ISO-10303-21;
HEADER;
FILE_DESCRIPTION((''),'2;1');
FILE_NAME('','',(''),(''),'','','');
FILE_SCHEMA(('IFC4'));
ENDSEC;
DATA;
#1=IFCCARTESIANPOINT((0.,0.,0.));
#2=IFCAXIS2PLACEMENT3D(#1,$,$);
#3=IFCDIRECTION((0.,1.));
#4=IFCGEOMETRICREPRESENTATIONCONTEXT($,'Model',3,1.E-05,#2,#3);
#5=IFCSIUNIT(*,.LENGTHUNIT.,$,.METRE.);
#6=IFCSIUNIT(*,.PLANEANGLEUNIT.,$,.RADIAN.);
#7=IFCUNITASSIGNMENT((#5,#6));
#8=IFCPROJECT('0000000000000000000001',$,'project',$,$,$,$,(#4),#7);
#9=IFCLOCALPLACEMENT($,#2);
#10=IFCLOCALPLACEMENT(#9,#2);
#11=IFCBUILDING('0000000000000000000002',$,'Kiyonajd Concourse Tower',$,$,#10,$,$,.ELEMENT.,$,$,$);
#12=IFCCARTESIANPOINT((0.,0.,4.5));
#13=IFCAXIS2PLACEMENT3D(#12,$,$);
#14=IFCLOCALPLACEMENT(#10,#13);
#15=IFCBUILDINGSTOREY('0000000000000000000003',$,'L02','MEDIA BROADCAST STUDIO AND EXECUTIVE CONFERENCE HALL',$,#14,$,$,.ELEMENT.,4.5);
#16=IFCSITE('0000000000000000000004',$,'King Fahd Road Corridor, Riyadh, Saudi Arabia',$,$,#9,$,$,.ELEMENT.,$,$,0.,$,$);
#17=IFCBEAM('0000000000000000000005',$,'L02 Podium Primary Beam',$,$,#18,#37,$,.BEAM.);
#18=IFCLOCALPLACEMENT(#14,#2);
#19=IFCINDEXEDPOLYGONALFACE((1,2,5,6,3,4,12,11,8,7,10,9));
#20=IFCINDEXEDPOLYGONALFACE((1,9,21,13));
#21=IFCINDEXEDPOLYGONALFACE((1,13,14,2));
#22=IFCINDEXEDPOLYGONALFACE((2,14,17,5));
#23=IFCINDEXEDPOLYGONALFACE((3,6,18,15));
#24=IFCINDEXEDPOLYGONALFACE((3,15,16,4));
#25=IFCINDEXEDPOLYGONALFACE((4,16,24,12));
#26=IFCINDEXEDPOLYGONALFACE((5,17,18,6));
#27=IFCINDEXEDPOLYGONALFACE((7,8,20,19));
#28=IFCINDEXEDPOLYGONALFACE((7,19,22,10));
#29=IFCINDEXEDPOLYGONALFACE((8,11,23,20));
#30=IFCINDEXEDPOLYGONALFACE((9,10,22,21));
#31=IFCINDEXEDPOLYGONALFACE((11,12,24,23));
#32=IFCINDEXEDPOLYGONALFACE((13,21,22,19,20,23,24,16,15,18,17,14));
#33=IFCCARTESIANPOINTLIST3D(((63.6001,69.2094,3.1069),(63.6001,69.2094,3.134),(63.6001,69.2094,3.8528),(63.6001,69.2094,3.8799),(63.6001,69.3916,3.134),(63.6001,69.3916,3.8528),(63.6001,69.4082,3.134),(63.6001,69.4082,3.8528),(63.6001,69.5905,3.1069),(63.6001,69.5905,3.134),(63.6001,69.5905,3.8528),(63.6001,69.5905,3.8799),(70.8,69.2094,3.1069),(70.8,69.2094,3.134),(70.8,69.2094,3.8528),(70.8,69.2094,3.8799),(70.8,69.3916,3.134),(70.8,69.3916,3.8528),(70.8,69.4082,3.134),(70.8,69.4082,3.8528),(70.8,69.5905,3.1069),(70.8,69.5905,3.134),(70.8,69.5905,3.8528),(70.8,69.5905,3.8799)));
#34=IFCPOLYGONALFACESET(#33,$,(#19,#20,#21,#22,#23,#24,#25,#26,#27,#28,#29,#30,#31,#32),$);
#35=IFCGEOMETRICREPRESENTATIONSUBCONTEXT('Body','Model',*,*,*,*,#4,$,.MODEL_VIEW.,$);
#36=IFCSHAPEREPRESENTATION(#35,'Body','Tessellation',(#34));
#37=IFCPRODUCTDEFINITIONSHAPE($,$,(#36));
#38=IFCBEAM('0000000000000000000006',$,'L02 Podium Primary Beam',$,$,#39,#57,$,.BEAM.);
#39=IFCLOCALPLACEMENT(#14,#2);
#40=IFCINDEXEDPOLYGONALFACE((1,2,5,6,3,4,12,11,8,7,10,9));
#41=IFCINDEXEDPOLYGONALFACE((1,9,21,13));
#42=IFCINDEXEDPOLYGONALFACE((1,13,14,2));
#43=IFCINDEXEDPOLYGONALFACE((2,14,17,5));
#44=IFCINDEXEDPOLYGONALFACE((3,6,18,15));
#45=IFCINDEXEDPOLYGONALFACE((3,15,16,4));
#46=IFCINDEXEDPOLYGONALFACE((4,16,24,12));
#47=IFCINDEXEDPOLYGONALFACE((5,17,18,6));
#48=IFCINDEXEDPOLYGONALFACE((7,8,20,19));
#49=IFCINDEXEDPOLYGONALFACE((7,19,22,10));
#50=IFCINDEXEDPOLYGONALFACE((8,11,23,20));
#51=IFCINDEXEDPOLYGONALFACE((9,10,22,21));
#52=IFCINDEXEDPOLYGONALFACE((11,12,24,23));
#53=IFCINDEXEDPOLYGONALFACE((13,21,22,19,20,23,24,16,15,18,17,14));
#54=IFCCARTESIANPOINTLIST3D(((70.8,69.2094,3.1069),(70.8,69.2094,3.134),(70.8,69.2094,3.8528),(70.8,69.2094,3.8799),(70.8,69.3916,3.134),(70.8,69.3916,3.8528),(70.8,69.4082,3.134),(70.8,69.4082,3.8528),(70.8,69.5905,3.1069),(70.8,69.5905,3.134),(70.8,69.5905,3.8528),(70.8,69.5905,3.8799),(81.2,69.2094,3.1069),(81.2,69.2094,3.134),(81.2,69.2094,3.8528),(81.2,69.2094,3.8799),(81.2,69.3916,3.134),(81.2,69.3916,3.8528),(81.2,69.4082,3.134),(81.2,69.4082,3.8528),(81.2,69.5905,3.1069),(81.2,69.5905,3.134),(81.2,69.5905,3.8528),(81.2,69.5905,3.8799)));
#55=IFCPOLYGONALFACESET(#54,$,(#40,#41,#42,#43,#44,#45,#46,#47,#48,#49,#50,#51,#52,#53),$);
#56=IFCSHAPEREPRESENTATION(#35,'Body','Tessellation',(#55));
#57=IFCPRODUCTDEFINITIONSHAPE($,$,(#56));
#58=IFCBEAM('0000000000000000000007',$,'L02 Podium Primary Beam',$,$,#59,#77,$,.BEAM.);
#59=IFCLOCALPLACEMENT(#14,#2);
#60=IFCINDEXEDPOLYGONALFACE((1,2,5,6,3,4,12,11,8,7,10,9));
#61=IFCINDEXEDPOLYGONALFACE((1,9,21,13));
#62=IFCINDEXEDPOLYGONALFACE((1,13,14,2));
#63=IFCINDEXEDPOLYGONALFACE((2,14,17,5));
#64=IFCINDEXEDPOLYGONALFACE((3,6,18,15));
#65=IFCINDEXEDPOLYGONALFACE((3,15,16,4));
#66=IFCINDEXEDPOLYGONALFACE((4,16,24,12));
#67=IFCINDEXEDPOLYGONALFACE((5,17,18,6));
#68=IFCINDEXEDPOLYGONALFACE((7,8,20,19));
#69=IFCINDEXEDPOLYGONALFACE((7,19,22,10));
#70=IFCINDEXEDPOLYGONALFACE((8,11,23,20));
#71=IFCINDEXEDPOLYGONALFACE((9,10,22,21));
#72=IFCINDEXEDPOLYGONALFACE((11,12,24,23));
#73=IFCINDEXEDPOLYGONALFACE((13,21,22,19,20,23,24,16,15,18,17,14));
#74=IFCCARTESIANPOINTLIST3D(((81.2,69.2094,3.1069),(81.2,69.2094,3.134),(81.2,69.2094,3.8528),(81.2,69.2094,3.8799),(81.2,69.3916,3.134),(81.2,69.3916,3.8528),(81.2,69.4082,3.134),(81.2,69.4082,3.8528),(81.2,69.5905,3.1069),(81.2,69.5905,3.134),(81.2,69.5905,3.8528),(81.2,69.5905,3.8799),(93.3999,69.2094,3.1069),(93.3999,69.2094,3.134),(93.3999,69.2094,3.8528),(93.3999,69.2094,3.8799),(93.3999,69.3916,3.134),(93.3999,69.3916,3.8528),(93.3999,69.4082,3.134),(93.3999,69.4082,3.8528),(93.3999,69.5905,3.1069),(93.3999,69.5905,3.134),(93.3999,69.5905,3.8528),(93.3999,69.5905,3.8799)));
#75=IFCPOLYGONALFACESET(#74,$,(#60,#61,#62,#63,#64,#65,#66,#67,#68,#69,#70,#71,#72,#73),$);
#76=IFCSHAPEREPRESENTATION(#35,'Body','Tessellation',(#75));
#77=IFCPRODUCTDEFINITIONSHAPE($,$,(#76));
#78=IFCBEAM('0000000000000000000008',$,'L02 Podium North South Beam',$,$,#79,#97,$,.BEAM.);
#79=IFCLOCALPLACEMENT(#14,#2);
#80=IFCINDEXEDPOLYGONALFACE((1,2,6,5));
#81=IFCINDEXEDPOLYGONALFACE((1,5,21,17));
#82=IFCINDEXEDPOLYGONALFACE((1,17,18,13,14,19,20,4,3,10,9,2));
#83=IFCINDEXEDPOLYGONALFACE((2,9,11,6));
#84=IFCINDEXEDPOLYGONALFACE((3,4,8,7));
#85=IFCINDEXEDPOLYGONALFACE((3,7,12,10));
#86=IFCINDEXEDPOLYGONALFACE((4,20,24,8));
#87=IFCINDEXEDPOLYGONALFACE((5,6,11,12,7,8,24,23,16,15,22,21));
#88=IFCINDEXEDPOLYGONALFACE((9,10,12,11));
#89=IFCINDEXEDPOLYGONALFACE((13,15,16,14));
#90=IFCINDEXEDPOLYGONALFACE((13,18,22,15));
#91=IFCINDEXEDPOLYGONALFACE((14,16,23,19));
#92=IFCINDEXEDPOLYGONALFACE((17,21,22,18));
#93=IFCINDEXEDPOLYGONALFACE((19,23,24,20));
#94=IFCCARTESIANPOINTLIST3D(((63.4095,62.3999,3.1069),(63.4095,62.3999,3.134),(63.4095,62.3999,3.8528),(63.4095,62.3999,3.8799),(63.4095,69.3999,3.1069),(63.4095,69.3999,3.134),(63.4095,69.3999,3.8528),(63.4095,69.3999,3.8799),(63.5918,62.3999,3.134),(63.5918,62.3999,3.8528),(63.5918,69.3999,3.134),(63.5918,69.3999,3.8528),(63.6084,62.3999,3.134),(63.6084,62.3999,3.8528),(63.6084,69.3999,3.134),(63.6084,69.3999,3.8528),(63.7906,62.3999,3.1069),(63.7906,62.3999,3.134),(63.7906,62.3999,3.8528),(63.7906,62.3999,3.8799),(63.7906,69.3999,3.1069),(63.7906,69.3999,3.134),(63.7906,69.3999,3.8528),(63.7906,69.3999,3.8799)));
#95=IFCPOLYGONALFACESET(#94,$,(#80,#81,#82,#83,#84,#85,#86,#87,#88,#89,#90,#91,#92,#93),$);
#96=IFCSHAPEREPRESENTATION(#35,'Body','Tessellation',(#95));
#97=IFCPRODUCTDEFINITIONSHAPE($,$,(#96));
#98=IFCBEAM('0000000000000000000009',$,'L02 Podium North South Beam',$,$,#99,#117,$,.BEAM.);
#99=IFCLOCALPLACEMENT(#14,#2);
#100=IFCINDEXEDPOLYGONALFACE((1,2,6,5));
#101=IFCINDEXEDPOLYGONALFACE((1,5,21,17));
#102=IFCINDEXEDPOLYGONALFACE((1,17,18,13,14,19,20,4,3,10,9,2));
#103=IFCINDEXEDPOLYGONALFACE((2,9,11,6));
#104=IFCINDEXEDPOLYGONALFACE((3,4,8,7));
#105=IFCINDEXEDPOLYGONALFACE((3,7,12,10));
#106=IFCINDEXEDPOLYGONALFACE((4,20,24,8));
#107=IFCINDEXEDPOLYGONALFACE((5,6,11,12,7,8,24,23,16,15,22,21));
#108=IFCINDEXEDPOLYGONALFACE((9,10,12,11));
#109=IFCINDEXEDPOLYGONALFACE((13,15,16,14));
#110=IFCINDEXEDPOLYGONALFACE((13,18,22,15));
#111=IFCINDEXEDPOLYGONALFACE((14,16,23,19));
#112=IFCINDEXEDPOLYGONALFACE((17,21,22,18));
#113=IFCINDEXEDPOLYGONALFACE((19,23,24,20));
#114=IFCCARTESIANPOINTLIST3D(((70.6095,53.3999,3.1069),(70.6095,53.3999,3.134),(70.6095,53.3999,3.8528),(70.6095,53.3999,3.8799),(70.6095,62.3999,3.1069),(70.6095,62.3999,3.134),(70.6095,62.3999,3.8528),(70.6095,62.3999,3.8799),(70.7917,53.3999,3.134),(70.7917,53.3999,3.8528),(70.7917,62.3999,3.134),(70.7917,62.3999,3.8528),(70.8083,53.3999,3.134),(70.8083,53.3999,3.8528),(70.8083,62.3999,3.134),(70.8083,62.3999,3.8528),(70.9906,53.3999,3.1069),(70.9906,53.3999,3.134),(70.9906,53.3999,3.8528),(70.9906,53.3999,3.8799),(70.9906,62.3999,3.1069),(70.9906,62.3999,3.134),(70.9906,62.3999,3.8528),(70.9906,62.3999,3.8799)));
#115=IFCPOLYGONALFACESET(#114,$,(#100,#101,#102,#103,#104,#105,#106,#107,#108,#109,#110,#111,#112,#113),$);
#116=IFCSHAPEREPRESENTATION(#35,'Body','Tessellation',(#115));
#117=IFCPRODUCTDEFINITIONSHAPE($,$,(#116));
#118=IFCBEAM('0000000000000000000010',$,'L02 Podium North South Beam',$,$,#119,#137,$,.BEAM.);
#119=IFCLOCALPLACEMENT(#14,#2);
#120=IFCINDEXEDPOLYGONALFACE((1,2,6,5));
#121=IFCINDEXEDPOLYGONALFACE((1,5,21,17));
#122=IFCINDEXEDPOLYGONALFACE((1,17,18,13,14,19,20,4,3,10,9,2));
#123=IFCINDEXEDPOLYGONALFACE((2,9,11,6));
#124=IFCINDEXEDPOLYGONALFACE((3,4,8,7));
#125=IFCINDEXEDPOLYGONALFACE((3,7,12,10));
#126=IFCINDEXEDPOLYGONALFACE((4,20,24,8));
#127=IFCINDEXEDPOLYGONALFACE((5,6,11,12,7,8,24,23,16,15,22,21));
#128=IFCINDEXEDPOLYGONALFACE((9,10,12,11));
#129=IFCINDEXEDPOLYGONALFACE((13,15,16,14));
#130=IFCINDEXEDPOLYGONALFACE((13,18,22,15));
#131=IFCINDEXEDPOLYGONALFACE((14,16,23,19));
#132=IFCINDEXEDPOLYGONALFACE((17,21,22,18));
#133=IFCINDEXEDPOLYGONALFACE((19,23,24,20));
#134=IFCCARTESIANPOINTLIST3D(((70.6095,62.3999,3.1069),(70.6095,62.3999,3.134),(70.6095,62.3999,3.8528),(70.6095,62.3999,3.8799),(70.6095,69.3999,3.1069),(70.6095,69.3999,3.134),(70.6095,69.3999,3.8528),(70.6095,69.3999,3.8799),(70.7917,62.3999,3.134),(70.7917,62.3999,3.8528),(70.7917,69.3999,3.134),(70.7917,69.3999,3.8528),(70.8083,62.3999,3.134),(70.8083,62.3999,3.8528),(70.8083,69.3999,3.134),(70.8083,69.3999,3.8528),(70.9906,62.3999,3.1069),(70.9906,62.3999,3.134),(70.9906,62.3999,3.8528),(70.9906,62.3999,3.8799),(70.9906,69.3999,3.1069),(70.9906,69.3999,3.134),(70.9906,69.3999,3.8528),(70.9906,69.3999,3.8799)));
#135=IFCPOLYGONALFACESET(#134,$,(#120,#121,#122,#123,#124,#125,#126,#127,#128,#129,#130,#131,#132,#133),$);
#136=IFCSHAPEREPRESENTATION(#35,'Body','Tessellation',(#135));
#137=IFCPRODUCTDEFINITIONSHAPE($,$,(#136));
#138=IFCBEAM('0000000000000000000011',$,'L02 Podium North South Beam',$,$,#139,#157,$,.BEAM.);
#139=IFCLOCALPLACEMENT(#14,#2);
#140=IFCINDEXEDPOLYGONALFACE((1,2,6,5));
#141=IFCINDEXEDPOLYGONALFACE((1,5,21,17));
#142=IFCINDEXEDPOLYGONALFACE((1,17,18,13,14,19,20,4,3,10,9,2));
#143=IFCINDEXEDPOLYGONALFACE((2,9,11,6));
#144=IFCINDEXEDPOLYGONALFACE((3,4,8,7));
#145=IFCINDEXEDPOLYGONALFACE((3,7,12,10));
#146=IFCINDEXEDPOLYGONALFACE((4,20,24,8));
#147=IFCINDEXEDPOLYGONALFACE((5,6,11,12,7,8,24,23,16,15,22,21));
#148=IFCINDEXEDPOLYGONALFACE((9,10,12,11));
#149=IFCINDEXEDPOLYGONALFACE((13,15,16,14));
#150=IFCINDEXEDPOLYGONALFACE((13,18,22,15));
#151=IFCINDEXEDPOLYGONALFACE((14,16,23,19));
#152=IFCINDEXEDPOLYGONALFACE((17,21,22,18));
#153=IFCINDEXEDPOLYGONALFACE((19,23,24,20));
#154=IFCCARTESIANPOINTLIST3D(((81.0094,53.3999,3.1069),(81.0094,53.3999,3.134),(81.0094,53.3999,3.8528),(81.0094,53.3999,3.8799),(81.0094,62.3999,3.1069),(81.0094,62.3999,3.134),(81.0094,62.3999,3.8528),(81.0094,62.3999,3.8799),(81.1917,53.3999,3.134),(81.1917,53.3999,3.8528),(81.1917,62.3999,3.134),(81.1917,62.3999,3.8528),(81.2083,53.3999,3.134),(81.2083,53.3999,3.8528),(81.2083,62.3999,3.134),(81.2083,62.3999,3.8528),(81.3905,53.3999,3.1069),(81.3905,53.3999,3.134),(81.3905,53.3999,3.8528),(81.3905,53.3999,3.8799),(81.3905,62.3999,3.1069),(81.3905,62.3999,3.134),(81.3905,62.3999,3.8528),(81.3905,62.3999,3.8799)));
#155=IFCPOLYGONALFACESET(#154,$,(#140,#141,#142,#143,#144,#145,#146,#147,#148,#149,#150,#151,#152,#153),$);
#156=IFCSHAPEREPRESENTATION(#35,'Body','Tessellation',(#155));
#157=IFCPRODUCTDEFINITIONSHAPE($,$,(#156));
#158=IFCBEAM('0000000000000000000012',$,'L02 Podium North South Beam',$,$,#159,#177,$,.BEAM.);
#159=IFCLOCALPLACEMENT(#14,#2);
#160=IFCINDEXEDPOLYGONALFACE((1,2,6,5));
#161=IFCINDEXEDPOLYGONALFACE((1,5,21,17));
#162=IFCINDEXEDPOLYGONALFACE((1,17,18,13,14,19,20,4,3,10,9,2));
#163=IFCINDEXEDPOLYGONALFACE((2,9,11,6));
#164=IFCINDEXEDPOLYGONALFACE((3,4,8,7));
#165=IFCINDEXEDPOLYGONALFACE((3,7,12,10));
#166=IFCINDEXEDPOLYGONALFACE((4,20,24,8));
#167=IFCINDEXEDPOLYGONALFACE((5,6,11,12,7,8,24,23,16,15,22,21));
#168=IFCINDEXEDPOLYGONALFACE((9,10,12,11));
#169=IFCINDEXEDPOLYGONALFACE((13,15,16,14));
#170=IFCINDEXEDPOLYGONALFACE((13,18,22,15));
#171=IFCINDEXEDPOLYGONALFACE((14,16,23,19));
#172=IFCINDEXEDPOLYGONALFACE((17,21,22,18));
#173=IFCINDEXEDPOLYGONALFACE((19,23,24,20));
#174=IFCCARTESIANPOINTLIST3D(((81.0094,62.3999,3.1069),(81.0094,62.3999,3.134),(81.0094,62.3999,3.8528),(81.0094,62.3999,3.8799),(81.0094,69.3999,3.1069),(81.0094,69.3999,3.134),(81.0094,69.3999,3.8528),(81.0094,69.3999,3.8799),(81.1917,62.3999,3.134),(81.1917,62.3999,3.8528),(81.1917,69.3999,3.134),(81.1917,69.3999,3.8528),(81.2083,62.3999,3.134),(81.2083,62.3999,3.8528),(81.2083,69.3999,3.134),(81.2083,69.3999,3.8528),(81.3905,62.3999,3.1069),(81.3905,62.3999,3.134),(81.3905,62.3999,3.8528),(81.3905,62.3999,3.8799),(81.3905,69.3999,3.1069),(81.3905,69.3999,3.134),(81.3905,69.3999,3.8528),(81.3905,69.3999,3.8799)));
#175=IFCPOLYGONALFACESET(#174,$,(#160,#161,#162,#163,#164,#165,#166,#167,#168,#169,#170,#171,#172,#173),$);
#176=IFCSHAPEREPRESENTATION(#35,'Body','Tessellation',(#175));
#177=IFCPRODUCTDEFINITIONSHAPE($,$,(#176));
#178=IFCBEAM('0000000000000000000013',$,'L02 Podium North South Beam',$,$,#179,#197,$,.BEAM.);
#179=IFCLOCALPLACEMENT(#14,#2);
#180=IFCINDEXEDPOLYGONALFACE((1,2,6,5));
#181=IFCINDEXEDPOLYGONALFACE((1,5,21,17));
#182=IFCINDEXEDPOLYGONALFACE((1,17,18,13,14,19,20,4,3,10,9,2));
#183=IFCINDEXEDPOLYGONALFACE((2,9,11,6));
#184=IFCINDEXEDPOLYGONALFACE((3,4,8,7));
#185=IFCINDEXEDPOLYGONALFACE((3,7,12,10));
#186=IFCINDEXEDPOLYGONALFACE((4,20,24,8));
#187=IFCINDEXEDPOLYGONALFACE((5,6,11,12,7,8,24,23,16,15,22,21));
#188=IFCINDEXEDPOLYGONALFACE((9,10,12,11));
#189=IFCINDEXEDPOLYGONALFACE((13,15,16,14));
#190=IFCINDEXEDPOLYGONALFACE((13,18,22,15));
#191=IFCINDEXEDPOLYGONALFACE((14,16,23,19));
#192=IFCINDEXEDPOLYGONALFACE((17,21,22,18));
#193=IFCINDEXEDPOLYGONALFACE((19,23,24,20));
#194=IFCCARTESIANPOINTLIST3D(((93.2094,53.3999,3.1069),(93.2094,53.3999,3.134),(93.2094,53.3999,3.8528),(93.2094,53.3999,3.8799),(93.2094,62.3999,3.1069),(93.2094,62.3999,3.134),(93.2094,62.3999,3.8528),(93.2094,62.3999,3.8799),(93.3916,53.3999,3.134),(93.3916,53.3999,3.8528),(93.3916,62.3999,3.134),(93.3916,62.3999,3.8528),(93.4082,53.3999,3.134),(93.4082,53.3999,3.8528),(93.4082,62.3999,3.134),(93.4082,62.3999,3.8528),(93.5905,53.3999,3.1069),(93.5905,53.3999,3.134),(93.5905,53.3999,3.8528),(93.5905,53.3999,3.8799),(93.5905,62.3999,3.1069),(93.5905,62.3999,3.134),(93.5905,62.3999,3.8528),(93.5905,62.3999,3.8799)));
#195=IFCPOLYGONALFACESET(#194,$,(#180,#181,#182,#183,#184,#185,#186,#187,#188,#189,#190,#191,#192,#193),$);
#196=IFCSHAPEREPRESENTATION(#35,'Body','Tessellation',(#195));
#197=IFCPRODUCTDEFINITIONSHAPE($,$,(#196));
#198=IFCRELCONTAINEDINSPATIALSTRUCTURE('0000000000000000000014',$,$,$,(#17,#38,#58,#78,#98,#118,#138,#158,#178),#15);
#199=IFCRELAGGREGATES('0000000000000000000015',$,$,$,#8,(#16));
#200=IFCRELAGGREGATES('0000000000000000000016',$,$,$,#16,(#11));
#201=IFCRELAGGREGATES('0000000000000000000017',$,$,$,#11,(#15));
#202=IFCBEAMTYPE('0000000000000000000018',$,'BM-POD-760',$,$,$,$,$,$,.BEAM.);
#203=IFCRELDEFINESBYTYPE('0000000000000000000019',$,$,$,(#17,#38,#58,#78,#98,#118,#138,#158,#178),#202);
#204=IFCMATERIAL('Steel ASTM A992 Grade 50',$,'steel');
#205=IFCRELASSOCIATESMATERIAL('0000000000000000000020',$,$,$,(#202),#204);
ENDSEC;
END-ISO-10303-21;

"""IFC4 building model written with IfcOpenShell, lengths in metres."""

from ifc_helpers import new_model, si_unit, direction, frame, origin, origin_2d, place, context, subcontext, project, spatial, i_section, extrude, material, material_profile, profile_set, type_object, element, save


model = new_model("IFC4")

# Units and contexts
model_context = context("Model", 3, precision=1e-05, world=origin(), true_north=direction((0.0, 1.0)))
body_context = subcontext(model_context, "Body", "Model", "MODEL_VIEW")
ifc_project = project(units=[si_unit("LENGTHUNIT", "METRE"), si_unit("PLANEANGLEUNIT", "RADIAN")], contexts=[model_context])

# Site, building, storey
site_placement = place(None, origin())
site = spatial("IfcSite", under=ifc_project, at=site_placement, Name="King Fahd Road Corridor, Riyadh, Saudi Arabia", CompositionType="ELEMENT", RefElevation=0.0)
building_placement = place(site_placement, origin())
building = spatial("IfcBuilding", under=site, at=building_placement, Name="Kiyonajd Concourse Tower", CompositionType="ELEMENT")
storey_placement = place(building_placement, frame((0.0, 0.0, 4.5)))
storey = spatial("IfcBuildingStorey", under=building, at=storey_placement, Name="L02", Description="MEDIA BROADCAST STUDIO AND EXECUTIVE CONFERENCE HALL", CompositionType="ELEMENT", Elevation=4.5)

# Beams
ifc_material_1 = material(Name="Steel ASTM A992 Grade 50", Category="steel")
ifc_material_profile_1 = material_profile(ifc_material_1, i_section(OverallWidth=0.3811, OverallDepth=0.7729, WebThickness=0.0166, FlangeThickness=0.0271, at=origin_2d()), Name="W760X257")
ifc_profile_set_1 = profile_set([ifc_material_profile_1], Name="Steel ASTM A992 Grade 50")
beam_type = type_object("IfcBeamType", Name="BM-POD-760", PredefinedType="BEAM", material=ifc_profile_set_1)
beam_1_placement = place(storey_placement, frame((63.6001, 69.3999, 3.4934), z_axis=(1.0, 0.0, 0.0), x_axis=(0.0, 1.0, 0.0)))
element("IfcBeam", 1, at=beam_1_placement, inside=storey, type_object=beam_type, Name="L02 Podium Primary Beam", PredefinedType="BEAM", context=body_context, shape_type="SweptSolid", body=[
    extrude(i_section(OverallWidth=0.3811, OverallDepth=0.7729, WebThickness=0.0166, FlangeThickness=0.0271, at=origin_2d()), origin(), (0.0, 0.0, 1.0), 7.2),
])
beam_2_placement = place(storey_placement, frame((70.8, 69.3999, 3.4934), z_axis=(1.0, 0.0, 0.0), x_axis=(0.0, 1.0, 0.0)))
element("IfcBeam", 2, at=beam_2_placement, inside=storey, type_object=beam_type, Name="L02 Podium Primary Beam", PredefinedType="BEAM", context=body_context, shape_type="SweptSolid", body=[
    extrude(i_section(OverallWidth=0.3811, OverallDepth=0.7729, WebThickness=0.0166, FlangeThickness=0.0271, at=origin_2d()), origin(), (0.0, 0.0, 1.0), 10.3999),
])
beam_3_placement = place(storey_placement, frame((81.2, 69.3999, 3.4934), z_axis=(1.0, 0.0, 0.0), x_axis=(0.0, 1.0, 0.0)))
element("IfcBeam", 3, at=beam_3_placement, inside=storey, type_object=beam_type, Name="L02 Podium Primary Beam", PredefinedType="BEAM", context=body_context, shape_type="SweptSolid", body=[
    extrude(i_section(OverallWidth=0.3811, OverallDepth=0.7729, WebThickness=0.0166, FlangeThickness=0.0271, at=origin_2d()), origin(), (0.0, 0.0, 1.0), 12.2),
])
beam_4_placement = place(storey_placement, frame((63.6001, 62.3999, 3.4934), z_axis=(0.0, 1.0, 0.0), x_axis=(-1.0, 0.0, 0.0)))
element("IfcBeam", 4, at=beam_4_placement, inside=storey, type_object=beam_type, Name="L02 Podium North South Beam", PredefinedType="BEAM", context=body_context, shape_type="SweptSolid", body=[
    extrude(i_section(OverallWidth=0.3811, OverallDepth=0.7729, WebThickness=0.0166, FlangeThickness=0.0271, at=origin_2d()), origin(), (0.0, 0.0, 1.0), 7.0),
])
beam_5_placement = place(storey_placement, frame((70.8, 53.3999, 3.4934), z_axis=(0.0, 1.0, 0.0), x_axis=(-1.0, 0.0, 0.0)))
element("IfcBeam", 5, at=beam_5_placement, inside=storey, type_object=beam_type, Name="L02 Podium North South Beam", PredefinedType="BEAM", context=body_context, shape_type="SweptSolid", body=[
    extrude(i_section(OverallWidth=0.3811, OverallDepth=0.7729, WebThickness=0.0166, FlangeThickness=0.0271, at=origin_2d()), origin(), (0.0, 0.0, 1.0), 9.0),
])
beam_6_placement = place(storey_placement, frame((70.8, 62.3999, 3.4934), z_axis=(0.0, 1.0, 0.0), x_axis=(-1.0, 0.0, 0.0)))
element("IfcBeam", 6, at=beam_6_placement, inside=storey, type_object=beam_type, Name="L02 Podium North South Beam", PredefinedType="BEAM", context=body_context, shape_type="SweptSolid", body=[
    extrude(i_section(OverallWidth=0.3811, OverallDepth=0.7729, WebThickness=0.0166, FlangeThickness=0.0271, at=origin_2d()), origin(), (0.0, 0.0, 1.0), 7.0),
])
beam_7_placement = place(storey_placement, frame((81.2, 53.3999, 3.4934), z_axis=(0.0, 1.0, 0.0), x_axis=(-1.0, 0.0, 0.0)))
element("IfcBeam", 7, at=beam_7_placement, inside=storey, type_object=beam_type, Name="L02 Podium North South Beam", PredefinedType="BEAM", context=body_context, shape_type="SweptSolid", body=[
    extrude(i_section(OverallWidth=0.3811, OverallDepth=0.7729, WebThickness=0.0166, FlangeThickness=0.0271, at=origin_2d()), origin(), (0.0, 0.0, 1.0), 9.0),
])
beam_8_placement = place(storey_placement, frame((81.2, 62.3999, 3.4934), z_axis=(0.0, 1.0, 0.0), x_axis=(-1.0, 0.0, 0.0)))
element("IfcBeam", 8, at=beam_8_placement, inside=storey, type_object=beam_type, Name="L02 Podium North South Beam", PredefinedType="BEAM", context=body_context, shape_type="SweptSolid", body=[
    extrude(i_section(OverallWidth=0.3811, OverallDepth=0.7729, WebThickness=0.0166, FlangeThickness=0.0271, at=origin_2d()), origin(), (0.0, 0.0, 1.0), 7.0),
])
beam_9_placement = place(storey_placement, frame((93.3999, 53.3999, 3.4934), z_axis=(0.0, 1.0, 0.0), x_axis=(-1.0, 0.0, 0.0)))
element("IfcBeam", 9, at=beam_9_placement, inside=storey, type_object=beam_type, Name="L02 Podium North South Beam", PredefinedType="BEAM", context=body_context, shape_type="SweptSolid", body=[
    extrude(i_section(OverallWidth=0.3811, OverallDepth=0.7729, WebThickness=0.0166, FlangeThickness=0.0271, at=origin_2d()), origin(), (0.0, 0.0, 1.0), 9.0),
])

save(model, "model.ifc")
